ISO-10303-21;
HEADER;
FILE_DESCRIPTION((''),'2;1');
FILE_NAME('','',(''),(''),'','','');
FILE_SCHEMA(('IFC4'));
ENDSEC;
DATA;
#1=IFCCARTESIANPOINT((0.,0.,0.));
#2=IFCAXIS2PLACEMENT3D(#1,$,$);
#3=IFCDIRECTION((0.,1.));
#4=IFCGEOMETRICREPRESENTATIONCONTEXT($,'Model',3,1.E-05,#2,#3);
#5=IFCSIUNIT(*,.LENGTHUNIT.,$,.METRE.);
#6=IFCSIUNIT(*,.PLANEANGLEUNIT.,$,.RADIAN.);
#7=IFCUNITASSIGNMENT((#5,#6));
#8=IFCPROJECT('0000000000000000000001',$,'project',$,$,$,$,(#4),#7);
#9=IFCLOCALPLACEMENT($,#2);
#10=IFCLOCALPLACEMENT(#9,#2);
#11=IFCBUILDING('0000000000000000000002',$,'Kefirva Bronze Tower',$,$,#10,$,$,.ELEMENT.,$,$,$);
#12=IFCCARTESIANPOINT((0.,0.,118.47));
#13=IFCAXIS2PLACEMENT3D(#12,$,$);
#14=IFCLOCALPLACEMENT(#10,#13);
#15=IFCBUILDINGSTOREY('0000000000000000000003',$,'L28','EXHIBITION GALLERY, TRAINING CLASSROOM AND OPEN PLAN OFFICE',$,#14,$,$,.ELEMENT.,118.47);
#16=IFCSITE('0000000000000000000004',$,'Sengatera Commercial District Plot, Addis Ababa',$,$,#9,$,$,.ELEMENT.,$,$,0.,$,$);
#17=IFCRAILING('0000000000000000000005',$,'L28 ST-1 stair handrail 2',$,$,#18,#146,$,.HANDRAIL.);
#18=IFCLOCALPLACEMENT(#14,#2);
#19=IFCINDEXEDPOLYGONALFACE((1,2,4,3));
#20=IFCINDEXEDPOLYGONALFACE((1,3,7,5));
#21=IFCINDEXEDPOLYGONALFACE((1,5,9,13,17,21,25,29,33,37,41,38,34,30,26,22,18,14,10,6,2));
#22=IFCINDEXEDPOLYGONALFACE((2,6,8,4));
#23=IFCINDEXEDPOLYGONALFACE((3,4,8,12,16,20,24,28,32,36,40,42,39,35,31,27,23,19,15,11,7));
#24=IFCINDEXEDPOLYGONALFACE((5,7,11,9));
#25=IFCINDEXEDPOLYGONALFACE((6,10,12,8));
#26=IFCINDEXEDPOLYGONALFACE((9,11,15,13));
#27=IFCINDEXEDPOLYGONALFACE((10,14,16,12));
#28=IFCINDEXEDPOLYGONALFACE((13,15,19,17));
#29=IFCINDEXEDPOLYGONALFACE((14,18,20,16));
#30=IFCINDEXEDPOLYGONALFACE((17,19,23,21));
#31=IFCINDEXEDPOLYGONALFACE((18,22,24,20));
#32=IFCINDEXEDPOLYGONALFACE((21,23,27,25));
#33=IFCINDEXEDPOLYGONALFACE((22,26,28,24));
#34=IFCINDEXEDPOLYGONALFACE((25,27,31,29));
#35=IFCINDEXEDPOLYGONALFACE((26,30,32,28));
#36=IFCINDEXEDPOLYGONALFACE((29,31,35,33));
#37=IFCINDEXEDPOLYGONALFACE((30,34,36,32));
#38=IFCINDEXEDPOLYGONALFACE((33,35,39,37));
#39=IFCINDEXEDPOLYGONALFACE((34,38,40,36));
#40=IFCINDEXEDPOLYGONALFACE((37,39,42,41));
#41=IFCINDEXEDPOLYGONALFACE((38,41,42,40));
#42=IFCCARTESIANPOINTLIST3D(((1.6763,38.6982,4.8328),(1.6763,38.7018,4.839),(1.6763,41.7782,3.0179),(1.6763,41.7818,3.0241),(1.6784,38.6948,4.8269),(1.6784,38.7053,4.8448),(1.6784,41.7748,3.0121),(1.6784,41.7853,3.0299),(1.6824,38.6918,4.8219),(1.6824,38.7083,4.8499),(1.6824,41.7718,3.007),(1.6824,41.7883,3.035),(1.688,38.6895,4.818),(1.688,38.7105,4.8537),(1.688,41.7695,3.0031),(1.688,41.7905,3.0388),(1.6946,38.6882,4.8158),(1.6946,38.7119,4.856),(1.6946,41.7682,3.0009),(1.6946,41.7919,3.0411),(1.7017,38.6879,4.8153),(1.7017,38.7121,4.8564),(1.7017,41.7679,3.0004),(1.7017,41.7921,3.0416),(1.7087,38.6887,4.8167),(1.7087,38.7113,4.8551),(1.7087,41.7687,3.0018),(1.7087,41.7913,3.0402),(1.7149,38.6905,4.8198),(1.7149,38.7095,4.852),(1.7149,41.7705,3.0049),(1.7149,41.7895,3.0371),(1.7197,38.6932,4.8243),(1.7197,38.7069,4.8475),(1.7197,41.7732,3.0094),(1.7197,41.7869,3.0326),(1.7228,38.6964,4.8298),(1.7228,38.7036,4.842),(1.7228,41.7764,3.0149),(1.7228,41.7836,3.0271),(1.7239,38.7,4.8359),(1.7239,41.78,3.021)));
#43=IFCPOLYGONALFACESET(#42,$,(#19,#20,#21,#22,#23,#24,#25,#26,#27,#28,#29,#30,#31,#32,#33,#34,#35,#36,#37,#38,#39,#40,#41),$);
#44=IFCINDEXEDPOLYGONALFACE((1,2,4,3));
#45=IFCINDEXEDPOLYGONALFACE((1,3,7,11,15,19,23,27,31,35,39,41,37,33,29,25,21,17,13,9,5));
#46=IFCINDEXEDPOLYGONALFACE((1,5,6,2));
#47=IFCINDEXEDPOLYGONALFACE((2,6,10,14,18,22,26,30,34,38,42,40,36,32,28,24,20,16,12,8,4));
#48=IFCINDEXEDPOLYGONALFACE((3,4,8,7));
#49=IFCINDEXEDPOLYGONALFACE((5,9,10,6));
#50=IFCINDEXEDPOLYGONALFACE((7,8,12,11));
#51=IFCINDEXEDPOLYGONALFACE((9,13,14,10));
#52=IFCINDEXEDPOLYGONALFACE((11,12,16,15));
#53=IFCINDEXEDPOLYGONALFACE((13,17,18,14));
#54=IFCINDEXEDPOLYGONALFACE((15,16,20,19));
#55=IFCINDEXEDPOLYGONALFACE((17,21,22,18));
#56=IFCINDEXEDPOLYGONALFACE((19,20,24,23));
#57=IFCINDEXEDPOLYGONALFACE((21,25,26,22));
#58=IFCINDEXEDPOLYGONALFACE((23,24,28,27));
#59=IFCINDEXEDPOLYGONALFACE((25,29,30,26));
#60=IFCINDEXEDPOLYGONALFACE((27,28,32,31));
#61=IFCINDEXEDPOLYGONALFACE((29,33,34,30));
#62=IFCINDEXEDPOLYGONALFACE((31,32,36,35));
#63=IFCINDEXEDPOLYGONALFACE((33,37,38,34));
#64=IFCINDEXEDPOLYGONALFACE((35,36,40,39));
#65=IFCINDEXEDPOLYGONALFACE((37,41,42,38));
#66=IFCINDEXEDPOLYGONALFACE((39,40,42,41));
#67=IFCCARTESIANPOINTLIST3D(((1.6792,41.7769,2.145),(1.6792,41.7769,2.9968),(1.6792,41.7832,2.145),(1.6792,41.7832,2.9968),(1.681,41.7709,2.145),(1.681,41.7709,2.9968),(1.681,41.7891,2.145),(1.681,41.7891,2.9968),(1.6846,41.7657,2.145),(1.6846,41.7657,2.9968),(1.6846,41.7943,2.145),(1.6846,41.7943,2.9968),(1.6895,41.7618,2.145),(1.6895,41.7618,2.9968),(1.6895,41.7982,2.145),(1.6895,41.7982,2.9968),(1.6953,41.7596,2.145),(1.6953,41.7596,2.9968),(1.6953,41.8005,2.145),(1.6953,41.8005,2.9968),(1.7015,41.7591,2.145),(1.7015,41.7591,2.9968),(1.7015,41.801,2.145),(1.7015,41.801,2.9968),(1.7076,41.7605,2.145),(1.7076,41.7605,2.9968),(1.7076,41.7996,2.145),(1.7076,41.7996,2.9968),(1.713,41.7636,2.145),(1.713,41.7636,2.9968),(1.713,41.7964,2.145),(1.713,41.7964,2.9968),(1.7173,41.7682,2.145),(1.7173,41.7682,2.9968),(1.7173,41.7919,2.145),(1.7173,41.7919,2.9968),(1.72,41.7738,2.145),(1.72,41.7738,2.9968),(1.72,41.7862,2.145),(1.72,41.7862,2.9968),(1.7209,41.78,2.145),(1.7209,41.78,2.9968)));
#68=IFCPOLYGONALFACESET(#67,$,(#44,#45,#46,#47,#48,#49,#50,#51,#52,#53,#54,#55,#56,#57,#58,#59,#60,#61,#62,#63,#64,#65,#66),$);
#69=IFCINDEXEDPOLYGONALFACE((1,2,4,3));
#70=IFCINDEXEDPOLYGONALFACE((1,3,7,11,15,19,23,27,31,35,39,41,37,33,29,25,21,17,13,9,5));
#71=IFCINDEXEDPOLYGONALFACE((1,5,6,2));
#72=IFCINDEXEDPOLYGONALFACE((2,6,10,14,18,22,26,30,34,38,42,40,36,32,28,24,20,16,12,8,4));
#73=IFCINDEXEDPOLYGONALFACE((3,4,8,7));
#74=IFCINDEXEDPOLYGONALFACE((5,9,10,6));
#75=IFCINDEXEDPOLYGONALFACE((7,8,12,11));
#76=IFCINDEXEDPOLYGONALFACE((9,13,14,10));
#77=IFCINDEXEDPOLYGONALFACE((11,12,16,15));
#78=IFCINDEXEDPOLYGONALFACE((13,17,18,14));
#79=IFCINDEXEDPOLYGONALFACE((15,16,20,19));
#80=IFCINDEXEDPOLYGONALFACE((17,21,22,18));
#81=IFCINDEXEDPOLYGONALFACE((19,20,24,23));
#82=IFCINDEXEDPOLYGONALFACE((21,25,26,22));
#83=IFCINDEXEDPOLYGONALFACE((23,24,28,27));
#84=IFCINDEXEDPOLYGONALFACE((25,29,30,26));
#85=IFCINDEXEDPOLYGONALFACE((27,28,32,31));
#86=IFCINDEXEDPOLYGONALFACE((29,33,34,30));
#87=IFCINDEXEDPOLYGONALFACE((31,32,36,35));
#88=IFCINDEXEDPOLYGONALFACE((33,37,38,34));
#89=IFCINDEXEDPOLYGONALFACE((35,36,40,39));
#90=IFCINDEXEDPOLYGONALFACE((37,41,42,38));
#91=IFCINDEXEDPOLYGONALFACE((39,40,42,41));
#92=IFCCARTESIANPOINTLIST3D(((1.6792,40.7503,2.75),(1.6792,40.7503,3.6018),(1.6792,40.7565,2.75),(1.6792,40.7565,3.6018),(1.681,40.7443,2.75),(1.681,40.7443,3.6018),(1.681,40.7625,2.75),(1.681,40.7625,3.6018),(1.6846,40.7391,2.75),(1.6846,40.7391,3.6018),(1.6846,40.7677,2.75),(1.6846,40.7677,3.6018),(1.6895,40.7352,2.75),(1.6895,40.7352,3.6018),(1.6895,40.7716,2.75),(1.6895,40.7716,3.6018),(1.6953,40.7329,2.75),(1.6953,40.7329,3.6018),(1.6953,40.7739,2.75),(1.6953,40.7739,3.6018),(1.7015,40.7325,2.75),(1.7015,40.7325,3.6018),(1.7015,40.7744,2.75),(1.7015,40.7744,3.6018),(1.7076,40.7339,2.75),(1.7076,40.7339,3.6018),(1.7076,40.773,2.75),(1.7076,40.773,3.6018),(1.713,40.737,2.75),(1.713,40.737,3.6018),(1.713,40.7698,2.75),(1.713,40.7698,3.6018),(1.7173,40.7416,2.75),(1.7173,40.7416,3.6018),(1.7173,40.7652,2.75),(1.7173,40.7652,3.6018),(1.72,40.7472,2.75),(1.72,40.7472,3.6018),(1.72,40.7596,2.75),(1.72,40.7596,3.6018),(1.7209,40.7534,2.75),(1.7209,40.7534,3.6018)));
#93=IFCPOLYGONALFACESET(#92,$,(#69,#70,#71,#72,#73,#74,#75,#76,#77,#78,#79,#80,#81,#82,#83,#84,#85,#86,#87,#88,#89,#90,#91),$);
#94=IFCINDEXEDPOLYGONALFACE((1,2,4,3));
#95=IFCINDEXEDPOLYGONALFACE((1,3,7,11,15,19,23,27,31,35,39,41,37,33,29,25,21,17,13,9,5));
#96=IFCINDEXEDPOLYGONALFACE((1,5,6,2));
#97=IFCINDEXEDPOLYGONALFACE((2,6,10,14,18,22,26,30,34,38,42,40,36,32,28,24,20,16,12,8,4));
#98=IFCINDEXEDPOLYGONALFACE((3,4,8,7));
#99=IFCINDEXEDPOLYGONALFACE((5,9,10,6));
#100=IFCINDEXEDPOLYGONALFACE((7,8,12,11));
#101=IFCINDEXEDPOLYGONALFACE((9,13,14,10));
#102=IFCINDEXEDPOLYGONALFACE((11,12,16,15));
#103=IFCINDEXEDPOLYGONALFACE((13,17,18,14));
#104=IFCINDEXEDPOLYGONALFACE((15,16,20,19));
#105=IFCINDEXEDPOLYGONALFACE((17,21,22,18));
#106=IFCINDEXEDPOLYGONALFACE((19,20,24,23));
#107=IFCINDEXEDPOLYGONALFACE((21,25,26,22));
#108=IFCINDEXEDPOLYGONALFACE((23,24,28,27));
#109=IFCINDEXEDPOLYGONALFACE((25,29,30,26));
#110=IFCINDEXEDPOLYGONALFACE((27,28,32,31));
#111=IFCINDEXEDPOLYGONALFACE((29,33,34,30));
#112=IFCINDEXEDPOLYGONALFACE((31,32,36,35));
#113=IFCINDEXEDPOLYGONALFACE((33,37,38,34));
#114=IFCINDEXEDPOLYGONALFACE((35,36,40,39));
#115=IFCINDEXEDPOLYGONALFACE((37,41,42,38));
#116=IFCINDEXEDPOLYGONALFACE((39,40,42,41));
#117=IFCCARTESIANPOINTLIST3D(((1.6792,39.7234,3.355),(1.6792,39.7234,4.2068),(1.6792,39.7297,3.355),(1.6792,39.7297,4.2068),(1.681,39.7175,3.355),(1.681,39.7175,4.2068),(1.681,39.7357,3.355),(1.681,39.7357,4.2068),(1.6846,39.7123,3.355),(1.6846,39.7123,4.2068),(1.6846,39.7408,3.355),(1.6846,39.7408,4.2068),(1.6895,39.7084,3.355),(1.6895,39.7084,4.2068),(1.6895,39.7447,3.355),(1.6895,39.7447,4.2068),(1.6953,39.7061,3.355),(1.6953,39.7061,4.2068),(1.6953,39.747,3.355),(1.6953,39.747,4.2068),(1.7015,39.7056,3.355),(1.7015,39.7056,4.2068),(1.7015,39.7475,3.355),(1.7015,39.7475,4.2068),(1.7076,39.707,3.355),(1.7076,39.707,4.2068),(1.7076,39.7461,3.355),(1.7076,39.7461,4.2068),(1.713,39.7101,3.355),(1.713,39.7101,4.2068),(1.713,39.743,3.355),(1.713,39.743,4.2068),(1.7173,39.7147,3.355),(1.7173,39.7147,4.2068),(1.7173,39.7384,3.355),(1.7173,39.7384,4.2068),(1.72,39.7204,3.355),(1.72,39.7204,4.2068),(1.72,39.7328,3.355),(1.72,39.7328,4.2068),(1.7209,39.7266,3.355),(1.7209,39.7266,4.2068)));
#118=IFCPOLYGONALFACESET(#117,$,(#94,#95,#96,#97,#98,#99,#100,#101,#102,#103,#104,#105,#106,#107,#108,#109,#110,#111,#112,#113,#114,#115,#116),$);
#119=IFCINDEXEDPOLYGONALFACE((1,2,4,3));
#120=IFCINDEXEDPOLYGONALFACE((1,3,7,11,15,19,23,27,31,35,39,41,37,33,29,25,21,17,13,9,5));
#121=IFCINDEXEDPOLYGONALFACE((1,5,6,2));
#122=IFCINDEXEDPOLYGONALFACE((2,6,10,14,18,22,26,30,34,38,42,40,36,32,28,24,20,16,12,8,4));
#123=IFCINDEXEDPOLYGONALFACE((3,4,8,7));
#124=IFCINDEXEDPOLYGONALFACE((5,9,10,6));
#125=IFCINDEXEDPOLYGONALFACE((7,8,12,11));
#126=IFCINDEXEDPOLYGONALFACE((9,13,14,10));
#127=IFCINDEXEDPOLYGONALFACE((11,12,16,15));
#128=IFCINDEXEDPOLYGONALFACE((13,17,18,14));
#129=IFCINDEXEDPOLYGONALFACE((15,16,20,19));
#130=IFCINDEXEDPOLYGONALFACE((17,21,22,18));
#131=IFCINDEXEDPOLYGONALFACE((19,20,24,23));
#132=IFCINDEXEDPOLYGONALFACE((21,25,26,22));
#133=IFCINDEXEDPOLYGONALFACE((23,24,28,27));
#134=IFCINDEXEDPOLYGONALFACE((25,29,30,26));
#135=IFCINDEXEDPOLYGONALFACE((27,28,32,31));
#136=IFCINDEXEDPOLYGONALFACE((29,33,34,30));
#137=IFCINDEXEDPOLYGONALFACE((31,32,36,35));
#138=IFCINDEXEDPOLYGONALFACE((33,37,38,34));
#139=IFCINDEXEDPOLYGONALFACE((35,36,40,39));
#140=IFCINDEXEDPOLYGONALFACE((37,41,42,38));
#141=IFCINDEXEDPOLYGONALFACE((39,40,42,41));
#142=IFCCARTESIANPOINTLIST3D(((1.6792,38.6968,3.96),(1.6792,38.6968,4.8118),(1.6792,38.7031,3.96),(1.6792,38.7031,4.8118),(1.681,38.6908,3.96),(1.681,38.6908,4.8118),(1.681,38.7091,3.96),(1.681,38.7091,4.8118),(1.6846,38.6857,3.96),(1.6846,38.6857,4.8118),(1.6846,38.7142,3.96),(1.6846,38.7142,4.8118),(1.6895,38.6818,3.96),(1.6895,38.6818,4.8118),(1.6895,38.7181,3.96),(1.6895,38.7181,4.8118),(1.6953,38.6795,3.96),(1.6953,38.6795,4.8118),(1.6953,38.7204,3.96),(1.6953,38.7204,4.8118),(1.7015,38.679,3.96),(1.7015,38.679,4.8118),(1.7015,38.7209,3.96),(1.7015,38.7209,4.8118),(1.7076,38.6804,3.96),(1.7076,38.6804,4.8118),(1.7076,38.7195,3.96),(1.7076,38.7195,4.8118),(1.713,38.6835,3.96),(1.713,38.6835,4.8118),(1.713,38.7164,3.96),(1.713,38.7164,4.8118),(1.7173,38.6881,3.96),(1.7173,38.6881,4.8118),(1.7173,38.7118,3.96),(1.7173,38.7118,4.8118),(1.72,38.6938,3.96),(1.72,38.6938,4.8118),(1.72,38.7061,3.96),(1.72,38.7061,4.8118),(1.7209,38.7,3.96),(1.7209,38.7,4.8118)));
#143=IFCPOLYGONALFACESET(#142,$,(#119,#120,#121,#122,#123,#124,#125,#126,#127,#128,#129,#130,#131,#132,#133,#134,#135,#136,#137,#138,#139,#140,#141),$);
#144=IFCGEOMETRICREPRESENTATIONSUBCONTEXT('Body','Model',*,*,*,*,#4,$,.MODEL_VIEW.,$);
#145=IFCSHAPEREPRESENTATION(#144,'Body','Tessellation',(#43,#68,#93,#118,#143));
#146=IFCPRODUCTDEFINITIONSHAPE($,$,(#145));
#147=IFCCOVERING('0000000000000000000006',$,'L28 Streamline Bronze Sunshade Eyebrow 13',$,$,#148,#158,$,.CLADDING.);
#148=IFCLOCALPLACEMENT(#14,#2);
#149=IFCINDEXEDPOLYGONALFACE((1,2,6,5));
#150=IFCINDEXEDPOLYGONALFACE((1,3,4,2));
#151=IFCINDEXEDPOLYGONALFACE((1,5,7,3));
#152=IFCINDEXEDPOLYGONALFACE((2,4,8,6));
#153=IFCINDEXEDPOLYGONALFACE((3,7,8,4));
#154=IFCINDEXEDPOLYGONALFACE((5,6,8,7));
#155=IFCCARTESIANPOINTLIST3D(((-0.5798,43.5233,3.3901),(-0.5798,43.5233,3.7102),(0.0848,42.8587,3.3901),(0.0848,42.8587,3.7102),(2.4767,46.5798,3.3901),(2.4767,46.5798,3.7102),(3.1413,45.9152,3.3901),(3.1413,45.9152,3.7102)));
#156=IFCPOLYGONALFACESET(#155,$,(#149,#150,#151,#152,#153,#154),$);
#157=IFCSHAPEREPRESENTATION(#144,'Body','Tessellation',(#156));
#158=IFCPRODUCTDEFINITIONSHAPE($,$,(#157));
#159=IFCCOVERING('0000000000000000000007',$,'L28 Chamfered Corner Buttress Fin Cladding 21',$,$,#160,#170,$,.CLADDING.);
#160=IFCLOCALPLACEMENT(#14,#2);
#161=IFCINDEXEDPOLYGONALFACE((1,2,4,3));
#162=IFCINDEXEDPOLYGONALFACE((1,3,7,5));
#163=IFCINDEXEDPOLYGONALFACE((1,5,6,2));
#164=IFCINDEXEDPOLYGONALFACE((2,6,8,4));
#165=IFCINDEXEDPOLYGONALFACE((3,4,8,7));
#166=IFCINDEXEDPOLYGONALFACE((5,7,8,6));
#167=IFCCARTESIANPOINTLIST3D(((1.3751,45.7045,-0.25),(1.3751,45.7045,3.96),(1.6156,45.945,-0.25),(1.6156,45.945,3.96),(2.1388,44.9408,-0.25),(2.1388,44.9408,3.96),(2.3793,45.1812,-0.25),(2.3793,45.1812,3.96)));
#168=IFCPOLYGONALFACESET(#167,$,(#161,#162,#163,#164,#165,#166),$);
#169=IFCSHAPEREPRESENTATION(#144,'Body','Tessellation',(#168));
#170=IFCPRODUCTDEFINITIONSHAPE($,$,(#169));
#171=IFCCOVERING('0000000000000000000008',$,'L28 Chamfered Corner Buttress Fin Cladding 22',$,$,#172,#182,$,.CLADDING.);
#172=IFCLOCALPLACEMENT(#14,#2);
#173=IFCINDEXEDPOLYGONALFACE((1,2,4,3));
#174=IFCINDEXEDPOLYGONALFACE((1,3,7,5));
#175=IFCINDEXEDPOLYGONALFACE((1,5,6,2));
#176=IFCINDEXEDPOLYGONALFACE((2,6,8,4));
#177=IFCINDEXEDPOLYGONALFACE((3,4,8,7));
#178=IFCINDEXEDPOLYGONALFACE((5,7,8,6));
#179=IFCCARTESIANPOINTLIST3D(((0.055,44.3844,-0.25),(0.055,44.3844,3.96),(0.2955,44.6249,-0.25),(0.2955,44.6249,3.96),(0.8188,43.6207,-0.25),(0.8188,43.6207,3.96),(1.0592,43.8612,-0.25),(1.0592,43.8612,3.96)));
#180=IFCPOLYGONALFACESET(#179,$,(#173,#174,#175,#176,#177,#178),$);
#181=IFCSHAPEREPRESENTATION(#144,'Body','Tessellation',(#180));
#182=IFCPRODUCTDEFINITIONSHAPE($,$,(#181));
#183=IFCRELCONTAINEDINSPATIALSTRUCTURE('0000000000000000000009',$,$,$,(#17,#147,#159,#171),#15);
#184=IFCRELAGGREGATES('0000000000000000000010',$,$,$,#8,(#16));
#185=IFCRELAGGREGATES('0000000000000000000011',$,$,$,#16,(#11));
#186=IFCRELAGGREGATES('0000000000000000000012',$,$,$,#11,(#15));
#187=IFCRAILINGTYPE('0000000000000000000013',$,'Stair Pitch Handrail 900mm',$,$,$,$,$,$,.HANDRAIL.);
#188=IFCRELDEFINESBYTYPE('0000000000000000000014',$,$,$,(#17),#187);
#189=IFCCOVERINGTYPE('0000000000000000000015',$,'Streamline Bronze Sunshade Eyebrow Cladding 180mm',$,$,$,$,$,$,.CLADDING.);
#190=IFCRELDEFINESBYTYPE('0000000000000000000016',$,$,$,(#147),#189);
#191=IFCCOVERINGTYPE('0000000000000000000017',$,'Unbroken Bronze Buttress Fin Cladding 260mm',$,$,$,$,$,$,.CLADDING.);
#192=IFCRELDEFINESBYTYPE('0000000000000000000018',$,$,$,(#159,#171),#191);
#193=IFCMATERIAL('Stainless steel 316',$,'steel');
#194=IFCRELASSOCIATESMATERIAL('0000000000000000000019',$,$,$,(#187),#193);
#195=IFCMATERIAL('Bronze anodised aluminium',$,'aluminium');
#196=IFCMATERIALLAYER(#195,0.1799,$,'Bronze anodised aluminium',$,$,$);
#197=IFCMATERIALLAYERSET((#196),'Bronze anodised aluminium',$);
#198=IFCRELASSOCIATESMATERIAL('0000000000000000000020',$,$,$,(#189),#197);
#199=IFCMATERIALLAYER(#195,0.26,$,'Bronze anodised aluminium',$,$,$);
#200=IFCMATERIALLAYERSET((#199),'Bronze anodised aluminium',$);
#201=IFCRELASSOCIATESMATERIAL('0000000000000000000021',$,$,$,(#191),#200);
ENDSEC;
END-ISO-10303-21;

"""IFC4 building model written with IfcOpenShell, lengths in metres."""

from ifc_helpers import new_model, si_unit, direction, frame, origin, origin_2d, place, context, subcontext, project, spatial, rectangle, circle, extrude, material, layer, layer_set, type_object, element, save


model = new_model("IFC4")

# Units and contexts
model_context = context("Model", 3, precision=1e-05, world=origin(), true_north=direction((0.0, 1.0)))
body_context = subcontext(model_context, "Body", "Model", "MODEL_VIEW")
ifc_project = project(units=[si_unit("LENGTHUNIT", "METRE"), si_unit("PLANEANGLEUNIT", "RADIAN")], contexts=[model_context])

# Site, building, storey
site_placement = place(None, origin())
site = spatial("IfcSite", under=ifc_project, at=site_placement, Name="Sengatera Commercial District Plot, Addis Ababa", CompositionType="ELEMENT", RefElevation=0.0)
building_placement = place(site_placement, origin())
building = spatial("IfcBuilding", under=site, at=building_placement, Name="Kefirva Bronze Tower", CompositionType="ELEMENT")
storey_placement = place(building_placement, frame((0.0, 0.0, 118.47)))
storey = spatial("IfcBuildingStorey", under=building, at=storey_placement, Name="L28", Description="EXHIBITION GALLERY, TRAINING CLASSROOM AND OPEN PLAN OFFICE", CompositionType="ELEMENT", Elevation=118.47)

# Shared definitions
ifc_material_1 = material(Name="Bronze anodised aluminium", Category="aluminium")

# Railing
ifc_material_2 = material(Name="Stainless steel 316", Category="steel")
railing_type_1 = type_object("IfcRailingType", Name="Stair Pitch Handrail 900mm", PredefinedType="HANDRAIL", material=ifc_material_2)
railing_1_placement = place(storey_placement, frame((1.7, 41.78, 2.145)))
element("IfcRailing", 1, at=railing_1_placement, inside=storey, type_object=railing_type_1, Name="L28 ST-1 stair handrail 2", PredefinedType="HANDRAIL", context=body_context, shape_type="SweptSolid", body=[
    extrude(circle(Radius=0.0239, at=origin_2d()), frame((0.0, 0.0, 0.876), z_axis=(0.0, -0.861551, 0.507671), x_axis=(1.0, 0.0, 0.0)), (0.0, 0.0, 1.0), 3.575),
    extrude(circle(Radius=0.021, at=origin_2d()), origin(), (0.0, 0.0, 1.0), 0.8518),
    extrude(circle(Radius=0.021, at=origin_2d()), frame((0.0, -1.0266, 0.605)), (0.0, 0.0, 1.0), 0.8518),
    extrude(circle(Radius=0.021, at=origin_2d()), frame((0.0, -2.0535, 1.21)), (0.0, 0.0, 1.0), 0.8518),
    extrude(circle(Radius=0.021, at=origin_2d()), frame((0.0, -3.0801, 1.8149)), (0.0, 0.0, 1.0), 0.8518),
])

# Coverings
ifc_layer_1 = layer(ifc_material_1, 0.1799, Name="Bronze anodised aluminium")
ifc_layer_set_1 = layer_set([ifc_layer_1], Name="Bronze anodised aluminium")
covering_type_1 = type_object("IfcCoveringType", Name="Streamline Bronze Sunshade Eyebrow Cladding 180mm", PredefinedType="CLADDING", material=ifc_layer_set_1)
covering_1_placement = place(storey_placement, frame((1.2808, 44.7192, 3.3901), z_axis=(0.0, 0.0, 1.0), x_axis=(-0.707107, -0.707107, 0.0)))
element("IfcCovering", 2, at=covering_1_placement, inside=storey, type_object=covering_type_1, Name="L28 Streamline Bronze Sunshade Eyebrow 13", PredefinedType="CLADDING", context=body_context, shape_type="SweptSolid", body=[
    extrude(rectangle(XDim=4.3225, YDim=0.9399, at=origin_2d()), origin(), (0.0, 0.0, 1.0), 0.3201),
])
ifc_layer_2 = layer(ifc_material_1, 0.26, Name="Bronze anodised aluminium")
ifc_layer_set_2 = layer_set([ifc_layer_2], Name="Bronze anodised aluminium")
covering_type_2 = type_object("IfcCoveringType", Name="Unbroken Bronze Buttress Fin Cladding 260mm", PredefinedType="CLADDING", material=ifc_layer_set_2)
for number, where, z_axis, x_axis, name in (
    (3, (1.8772, 45.4429, -0.25), (0.0, 0.0, 1.0), (-0.707107, -0.707107, 0.0), "L28 Chamfered Corner Buttress Fin Cladding 21"),
    (4, (0.5571, 44.1228, -0.25), (0.0, 0.0, 1.0), (-0.707107, -0.707107, 0.0), "L28 Chamfered Corner Buttress Fin Cladding 22"),
):
    element("IfcCovering", number, at=place(storey_placement, frame(where, z_axis=z_axis, x_axis=x_axis)), inside=storey, type_object=covering_type_2, Name=name, PredefinedType="CLADDING", context=body_context, shape_type="SweptSolid", body=[
        extrude(rectangle(XDim=0.3401, YDim=1.0801, at=origin_2d()), origin(), (0.0, 0.0, 1.0), 4.21),
    ])

save(model, "model.ifc")
